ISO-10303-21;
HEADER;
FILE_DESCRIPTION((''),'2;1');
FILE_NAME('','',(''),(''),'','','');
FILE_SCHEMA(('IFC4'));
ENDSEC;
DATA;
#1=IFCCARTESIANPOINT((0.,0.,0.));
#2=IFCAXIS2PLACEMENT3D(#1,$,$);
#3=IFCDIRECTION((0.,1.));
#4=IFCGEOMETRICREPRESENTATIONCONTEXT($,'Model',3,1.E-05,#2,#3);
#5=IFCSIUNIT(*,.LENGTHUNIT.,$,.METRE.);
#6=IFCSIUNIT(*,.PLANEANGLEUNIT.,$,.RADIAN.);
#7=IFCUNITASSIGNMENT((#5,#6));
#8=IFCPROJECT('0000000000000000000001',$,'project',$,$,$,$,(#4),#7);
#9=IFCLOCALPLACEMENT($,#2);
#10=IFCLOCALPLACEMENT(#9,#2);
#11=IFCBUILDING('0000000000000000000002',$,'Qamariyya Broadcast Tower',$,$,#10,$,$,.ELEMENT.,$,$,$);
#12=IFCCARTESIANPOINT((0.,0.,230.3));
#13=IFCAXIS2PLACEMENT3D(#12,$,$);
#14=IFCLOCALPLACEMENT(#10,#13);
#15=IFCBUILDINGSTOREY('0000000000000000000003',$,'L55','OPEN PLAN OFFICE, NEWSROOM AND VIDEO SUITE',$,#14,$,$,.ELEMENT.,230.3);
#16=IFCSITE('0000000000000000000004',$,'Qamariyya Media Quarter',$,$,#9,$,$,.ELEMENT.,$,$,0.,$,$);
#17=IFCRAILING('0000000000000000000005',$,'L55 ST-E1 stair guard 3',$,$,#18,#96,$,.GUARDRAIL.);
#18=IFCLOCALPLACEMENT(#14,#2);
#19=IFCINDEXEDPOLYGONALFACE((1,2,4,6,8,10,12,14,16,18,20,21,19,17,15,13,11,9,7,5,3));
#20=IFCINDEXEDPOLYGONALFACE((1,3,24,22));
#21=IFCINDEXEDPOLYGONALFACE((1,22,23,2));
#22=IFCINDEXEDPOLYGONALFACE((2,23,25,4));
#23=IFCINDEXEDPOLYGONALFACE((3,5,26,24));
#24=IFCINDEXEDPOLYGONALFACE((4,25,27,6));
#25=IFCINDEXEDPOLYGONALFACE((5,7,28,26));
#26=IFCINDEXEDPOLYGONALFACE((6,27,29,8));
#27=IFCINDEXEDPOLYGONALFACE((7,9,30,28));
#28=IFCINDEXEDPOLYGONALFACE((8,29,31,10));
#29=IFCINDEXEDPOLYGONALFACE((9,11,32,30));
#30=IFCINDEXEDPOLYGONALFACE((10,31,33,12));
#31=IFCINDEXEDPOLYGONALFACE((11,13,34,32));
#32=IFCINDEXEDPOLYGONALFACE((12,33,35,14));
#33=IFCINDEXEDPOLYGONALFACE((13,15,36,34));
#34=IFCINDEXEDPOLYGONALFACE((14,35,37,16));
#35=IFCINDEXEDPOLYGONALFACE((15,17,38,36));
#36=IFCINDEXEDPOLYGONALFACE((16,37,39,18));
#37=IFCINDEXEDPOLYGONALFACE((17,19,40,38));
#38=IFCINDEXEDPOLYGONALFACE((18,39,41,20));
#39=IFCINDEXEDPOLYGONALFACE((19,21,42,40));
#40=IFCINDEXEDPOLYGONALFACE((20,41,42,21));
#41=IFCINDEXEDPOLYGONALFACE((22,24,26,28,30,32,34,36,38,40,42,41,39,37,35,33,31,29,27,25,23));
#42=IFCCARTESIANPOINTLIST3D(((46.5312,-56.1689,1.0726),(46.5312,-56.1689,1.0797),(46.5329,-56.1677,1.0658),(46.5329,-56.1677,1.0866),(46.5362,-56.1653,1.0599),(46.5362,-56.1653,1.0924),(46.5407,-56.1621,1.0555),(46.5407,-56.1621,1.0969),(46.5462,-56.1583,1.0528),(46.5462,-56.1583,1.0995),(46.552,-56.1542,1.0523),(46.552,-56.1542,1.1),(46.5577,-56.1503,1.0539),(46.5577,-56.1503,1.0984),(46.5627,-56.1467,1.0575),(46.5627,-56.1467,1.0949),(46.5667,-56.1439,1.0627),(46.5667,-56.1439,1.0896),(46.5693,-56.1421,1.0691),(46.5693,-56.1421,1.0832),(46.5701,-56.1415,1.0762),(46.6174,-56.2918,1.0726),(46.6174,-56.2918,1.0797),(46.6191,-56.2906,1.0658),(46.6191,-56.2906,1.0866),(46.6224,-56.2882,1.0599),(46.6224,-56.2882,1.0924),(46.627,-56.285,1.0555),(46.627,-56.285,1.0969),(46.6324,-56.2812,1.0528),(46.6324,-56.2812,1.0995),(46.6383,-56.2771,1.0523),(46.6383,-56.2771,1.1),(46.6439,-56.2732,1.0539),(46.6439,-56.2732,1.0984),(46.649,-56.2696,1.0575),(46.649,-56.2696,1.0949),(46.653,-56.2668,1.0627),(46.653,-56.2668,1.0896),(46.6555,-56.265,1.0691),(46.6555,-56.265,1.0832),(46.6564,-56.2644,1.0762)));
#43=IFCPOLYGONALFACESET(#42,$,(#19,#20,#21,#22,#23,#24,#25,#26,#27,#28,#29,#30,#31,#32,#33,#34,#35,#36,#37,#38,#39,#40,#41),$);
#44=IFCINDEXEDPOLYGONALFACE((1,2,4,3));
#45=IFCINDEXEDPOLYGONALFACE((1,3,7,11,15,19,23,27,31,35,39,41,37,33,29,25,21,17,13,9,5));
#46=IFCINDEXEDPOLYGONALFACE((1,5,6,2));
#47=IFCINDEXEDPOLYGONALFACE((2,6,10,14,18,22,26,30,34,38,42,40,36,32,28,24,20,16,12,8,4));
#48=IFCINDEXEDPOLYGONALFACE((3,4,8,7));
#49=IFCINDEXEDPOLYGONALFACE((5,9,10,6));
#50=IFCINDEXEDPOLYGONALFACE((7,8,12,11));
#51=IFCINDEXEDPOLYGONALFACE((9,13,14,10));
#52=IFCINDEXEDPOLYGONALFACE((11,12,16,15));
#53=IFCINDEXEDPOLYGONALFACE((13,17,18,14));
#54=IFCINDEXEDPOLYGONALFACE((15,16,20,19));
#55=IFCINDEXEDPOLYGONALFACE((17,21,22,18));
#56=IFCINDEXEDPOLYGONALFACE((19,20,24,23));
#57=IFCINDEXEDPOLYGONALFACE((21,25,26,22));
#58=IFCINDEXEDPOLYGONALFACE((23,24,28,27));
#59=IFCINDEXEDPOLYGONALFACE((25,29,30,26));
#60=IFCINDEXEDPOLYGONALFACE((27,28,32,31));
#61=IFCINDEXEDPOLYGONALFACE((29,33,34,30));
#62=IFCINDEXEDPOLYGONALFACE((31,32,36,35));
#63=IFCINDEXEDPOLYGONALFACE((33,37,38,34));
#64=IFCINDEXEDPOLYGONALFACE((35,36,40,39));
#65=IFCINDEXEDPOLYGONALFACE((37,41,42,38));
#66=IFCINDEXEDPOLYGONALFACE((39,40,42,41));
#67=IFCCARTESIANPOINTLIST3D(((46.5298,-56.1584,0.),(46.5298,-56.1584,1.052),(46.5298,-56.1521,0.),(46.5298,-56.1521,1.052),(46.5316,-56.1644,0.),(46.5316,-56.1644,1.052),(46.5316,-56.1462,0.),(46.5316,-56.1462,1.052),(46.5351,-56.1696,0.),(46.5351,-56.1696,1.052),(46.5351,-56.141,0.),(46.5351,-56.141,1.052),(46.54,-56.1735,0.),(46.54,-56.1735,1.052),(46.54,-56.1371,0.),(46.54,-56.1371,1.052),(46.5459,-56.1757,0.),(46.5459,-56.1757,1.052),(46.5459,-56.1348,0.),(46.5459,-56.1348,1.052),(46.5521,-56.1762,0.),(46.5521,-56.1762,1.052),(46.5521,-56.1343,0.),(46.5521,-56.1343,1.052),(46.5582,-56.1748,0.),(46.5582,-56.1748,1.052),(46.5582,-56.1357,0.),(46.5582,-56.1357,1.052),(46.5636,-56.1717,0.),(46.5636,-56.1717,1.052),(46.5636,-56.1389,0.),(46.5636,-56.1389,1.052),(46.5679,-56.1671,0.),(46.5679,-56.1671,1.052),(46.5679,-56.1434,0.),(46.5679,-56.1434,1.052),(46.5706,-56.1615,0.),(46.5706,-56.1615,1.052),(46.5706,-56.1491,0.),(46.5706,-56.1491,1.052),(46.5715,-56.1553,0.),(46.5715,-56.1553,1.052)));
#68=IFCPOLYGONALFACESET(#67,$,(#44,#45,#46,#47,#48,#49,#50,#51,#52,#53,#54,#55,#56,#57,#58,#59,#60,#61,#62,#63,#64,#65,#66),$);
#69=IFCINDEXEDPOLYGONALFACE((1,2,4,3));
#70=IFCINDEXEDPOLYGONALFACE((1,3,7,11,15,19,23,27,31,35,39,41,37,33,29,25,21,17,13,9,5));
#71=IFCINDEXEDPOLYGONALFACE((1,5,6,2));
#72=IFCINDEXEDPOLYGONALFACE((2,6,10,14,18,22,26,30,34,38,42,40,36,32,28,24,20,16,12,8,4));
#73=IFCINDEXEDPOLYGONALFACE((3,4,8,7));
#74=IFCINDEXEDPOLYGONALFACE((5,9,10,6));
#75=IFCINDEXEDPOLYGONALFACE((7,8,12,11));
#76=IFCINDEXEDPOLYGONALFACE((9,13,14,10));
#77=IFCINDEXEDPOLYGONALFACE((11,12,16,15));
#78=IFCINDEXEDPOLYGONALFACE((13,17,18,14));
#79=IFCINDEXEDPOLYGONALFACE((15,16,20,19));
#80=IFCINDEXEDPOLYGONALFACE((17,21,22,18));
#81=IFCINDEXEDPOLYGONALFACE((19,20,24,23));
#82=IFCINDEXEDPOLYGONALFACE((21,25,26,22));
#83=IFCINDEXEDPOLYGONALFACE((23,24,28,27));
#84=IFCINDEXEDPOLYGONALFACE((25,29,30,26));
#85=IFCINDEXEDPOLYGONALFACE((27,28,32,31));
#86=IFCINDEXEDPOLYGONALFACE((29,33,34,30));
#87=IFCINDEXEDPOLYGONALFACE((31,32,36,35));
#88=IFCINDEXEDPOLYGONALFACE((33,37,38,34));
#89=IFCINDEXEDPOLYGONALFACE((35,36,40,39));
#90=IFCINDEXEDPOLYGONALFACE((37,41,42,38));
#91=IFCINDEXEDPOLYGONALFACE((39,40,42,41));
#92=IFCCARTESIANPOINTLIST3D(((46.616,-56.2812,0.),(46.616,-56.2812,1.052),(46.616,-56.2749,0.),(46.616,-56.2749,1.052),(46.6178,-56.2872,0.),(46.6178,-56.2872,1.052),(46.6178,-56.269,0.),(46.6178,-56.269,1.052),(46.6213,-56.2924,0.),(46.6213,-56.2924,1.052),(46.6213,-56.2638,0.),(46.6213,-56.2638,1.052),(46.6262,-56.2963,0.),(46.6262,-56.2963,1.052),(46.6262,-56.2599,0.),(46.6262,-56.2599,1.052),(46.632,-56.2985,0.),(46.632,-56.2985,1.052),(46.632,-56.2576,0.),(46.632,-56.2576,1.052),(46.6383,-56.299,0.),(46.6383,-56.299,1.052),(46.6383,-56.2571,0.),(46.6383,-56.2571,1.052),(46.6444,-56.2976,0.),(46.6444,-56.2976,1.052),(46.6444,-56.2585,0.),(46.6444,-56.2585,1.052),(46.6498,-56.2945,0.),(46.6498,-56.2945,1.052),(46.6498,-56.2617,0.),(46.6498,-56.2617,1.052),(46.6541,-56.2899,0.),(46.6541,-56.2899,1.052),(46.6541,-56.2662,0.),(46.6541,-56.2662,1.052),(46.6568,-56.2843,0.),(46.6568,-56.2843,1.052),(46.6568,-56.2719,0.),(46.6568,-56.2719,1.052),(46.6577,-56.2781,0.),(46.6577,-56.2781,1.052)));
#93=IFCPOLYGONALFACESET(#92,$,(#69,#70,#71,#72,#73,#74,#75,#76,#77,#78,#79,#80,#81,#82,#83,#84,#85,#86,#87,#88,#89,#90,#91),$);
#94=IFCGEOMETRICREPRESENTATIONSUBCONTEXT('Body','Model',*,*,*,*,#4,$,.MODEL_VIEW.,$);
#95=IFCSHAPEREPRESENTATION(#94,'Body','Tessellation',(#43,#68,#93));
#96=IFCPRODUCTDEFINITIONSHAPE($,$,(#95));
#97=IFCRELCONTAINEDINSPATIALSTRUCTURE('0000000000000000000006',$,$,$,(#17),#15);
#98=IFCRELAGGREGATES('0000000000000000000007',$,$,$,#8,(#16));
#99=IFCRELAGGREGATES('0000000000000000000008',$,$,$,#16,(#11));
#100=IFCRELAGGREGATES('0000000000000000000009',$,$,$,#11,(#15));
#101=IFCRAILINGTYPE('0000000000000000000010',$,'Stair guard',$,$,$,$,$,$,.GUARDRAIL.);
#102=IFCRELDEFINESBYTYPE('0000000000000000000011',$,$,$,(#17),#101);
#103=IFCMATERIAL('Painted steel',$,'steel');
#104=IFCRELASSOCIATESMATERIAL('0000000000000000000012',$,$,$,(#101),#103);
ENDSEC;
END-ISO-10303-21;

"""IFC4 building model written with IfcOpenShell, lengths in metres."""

from ifc_helpers import new_model, si_unit, direction, frame, origin, origin_2d, place, context, subcontext, project, spatial, circle, extrude, material, type_object, element, save


model = new_model("IFC4")

# Units and contexts
model_context = context("Model", 3, precision=1e-05, world=origin(), true_north=direction((0.0, 1.0)))
body_context = subcontext(model_context, "Body", "Model", "MODEL_VIEW")
ifc_project = project(units=[si_unit("LENGTHUNIT", "METRE"), si_unit("PLANEANGLEUNIT", "RADIAN")], contexts=[model_context])

# Site, building, storey
site_placement = place(None, origin())
site = spatial("IfcSite", under=ifc_project, at=site_placement, Name="Qamariyya Media Quarter", CompositionType="ELEMENT", RefElevation=0.0)
building_placement = place(site_placement, origin())
building = spatial("IfcBuilding", under=site, at=building_placement, Name="Qamariyya Broadcast Tower", CompositionType="ELEMENT")
storey_placement = place(building_placement, frame((0.0, 0.0, 230.3)))
storey = spatial("IfcBuildingStorey", under=building, at=storey_placement, Name="L55", Description="OPEN PLAN OFFICE, NEWSROOM AND VIDEO SUITE", CompositionType="ELEMENT", Elevation=230.3)

# Railing
ifc_material_1 = material(Name="Painted steel", Category="steel")
railing_type_1 = type_object("IfcRailingType", Name="Stair guard", PredefinedType="GUARDRAIL", material=ifc_material_1)
railing_1_placement = place(storey_placement, frame((46.5505, -56.1553, 0.0)))
element("IfcRailing", 1, at=railing_1_placement, inside=storey, type_object=railing_type_1, Name="L55 ST-E1 stair guard 3", PredefinedType="GUARDRAIL", context=body_context, shape_type="SweptSolid", body=[
    extrude(circle(Radius=0.0239, at=origin_2d()), frame((0.0, 0.0, 1.0762), z_axis=(0.574445, -0.818543, 0.0), x_axis=(0.818543, 0.574445, 0.0)), (0.0, 0.0, 1.0), 0.1501),
    extrude(circle(Radius=0.021, at=origin_2d()), origin(), (0.0, 0.0, 1.0), 1.052),
    extrude(circle(Radius=0.021, at=origin_2d()), frame((0.0862, -0.1228, 0.0)), (0.0, 0.0, 1.0), 1.052),
])

save(model, "model.ifc")
